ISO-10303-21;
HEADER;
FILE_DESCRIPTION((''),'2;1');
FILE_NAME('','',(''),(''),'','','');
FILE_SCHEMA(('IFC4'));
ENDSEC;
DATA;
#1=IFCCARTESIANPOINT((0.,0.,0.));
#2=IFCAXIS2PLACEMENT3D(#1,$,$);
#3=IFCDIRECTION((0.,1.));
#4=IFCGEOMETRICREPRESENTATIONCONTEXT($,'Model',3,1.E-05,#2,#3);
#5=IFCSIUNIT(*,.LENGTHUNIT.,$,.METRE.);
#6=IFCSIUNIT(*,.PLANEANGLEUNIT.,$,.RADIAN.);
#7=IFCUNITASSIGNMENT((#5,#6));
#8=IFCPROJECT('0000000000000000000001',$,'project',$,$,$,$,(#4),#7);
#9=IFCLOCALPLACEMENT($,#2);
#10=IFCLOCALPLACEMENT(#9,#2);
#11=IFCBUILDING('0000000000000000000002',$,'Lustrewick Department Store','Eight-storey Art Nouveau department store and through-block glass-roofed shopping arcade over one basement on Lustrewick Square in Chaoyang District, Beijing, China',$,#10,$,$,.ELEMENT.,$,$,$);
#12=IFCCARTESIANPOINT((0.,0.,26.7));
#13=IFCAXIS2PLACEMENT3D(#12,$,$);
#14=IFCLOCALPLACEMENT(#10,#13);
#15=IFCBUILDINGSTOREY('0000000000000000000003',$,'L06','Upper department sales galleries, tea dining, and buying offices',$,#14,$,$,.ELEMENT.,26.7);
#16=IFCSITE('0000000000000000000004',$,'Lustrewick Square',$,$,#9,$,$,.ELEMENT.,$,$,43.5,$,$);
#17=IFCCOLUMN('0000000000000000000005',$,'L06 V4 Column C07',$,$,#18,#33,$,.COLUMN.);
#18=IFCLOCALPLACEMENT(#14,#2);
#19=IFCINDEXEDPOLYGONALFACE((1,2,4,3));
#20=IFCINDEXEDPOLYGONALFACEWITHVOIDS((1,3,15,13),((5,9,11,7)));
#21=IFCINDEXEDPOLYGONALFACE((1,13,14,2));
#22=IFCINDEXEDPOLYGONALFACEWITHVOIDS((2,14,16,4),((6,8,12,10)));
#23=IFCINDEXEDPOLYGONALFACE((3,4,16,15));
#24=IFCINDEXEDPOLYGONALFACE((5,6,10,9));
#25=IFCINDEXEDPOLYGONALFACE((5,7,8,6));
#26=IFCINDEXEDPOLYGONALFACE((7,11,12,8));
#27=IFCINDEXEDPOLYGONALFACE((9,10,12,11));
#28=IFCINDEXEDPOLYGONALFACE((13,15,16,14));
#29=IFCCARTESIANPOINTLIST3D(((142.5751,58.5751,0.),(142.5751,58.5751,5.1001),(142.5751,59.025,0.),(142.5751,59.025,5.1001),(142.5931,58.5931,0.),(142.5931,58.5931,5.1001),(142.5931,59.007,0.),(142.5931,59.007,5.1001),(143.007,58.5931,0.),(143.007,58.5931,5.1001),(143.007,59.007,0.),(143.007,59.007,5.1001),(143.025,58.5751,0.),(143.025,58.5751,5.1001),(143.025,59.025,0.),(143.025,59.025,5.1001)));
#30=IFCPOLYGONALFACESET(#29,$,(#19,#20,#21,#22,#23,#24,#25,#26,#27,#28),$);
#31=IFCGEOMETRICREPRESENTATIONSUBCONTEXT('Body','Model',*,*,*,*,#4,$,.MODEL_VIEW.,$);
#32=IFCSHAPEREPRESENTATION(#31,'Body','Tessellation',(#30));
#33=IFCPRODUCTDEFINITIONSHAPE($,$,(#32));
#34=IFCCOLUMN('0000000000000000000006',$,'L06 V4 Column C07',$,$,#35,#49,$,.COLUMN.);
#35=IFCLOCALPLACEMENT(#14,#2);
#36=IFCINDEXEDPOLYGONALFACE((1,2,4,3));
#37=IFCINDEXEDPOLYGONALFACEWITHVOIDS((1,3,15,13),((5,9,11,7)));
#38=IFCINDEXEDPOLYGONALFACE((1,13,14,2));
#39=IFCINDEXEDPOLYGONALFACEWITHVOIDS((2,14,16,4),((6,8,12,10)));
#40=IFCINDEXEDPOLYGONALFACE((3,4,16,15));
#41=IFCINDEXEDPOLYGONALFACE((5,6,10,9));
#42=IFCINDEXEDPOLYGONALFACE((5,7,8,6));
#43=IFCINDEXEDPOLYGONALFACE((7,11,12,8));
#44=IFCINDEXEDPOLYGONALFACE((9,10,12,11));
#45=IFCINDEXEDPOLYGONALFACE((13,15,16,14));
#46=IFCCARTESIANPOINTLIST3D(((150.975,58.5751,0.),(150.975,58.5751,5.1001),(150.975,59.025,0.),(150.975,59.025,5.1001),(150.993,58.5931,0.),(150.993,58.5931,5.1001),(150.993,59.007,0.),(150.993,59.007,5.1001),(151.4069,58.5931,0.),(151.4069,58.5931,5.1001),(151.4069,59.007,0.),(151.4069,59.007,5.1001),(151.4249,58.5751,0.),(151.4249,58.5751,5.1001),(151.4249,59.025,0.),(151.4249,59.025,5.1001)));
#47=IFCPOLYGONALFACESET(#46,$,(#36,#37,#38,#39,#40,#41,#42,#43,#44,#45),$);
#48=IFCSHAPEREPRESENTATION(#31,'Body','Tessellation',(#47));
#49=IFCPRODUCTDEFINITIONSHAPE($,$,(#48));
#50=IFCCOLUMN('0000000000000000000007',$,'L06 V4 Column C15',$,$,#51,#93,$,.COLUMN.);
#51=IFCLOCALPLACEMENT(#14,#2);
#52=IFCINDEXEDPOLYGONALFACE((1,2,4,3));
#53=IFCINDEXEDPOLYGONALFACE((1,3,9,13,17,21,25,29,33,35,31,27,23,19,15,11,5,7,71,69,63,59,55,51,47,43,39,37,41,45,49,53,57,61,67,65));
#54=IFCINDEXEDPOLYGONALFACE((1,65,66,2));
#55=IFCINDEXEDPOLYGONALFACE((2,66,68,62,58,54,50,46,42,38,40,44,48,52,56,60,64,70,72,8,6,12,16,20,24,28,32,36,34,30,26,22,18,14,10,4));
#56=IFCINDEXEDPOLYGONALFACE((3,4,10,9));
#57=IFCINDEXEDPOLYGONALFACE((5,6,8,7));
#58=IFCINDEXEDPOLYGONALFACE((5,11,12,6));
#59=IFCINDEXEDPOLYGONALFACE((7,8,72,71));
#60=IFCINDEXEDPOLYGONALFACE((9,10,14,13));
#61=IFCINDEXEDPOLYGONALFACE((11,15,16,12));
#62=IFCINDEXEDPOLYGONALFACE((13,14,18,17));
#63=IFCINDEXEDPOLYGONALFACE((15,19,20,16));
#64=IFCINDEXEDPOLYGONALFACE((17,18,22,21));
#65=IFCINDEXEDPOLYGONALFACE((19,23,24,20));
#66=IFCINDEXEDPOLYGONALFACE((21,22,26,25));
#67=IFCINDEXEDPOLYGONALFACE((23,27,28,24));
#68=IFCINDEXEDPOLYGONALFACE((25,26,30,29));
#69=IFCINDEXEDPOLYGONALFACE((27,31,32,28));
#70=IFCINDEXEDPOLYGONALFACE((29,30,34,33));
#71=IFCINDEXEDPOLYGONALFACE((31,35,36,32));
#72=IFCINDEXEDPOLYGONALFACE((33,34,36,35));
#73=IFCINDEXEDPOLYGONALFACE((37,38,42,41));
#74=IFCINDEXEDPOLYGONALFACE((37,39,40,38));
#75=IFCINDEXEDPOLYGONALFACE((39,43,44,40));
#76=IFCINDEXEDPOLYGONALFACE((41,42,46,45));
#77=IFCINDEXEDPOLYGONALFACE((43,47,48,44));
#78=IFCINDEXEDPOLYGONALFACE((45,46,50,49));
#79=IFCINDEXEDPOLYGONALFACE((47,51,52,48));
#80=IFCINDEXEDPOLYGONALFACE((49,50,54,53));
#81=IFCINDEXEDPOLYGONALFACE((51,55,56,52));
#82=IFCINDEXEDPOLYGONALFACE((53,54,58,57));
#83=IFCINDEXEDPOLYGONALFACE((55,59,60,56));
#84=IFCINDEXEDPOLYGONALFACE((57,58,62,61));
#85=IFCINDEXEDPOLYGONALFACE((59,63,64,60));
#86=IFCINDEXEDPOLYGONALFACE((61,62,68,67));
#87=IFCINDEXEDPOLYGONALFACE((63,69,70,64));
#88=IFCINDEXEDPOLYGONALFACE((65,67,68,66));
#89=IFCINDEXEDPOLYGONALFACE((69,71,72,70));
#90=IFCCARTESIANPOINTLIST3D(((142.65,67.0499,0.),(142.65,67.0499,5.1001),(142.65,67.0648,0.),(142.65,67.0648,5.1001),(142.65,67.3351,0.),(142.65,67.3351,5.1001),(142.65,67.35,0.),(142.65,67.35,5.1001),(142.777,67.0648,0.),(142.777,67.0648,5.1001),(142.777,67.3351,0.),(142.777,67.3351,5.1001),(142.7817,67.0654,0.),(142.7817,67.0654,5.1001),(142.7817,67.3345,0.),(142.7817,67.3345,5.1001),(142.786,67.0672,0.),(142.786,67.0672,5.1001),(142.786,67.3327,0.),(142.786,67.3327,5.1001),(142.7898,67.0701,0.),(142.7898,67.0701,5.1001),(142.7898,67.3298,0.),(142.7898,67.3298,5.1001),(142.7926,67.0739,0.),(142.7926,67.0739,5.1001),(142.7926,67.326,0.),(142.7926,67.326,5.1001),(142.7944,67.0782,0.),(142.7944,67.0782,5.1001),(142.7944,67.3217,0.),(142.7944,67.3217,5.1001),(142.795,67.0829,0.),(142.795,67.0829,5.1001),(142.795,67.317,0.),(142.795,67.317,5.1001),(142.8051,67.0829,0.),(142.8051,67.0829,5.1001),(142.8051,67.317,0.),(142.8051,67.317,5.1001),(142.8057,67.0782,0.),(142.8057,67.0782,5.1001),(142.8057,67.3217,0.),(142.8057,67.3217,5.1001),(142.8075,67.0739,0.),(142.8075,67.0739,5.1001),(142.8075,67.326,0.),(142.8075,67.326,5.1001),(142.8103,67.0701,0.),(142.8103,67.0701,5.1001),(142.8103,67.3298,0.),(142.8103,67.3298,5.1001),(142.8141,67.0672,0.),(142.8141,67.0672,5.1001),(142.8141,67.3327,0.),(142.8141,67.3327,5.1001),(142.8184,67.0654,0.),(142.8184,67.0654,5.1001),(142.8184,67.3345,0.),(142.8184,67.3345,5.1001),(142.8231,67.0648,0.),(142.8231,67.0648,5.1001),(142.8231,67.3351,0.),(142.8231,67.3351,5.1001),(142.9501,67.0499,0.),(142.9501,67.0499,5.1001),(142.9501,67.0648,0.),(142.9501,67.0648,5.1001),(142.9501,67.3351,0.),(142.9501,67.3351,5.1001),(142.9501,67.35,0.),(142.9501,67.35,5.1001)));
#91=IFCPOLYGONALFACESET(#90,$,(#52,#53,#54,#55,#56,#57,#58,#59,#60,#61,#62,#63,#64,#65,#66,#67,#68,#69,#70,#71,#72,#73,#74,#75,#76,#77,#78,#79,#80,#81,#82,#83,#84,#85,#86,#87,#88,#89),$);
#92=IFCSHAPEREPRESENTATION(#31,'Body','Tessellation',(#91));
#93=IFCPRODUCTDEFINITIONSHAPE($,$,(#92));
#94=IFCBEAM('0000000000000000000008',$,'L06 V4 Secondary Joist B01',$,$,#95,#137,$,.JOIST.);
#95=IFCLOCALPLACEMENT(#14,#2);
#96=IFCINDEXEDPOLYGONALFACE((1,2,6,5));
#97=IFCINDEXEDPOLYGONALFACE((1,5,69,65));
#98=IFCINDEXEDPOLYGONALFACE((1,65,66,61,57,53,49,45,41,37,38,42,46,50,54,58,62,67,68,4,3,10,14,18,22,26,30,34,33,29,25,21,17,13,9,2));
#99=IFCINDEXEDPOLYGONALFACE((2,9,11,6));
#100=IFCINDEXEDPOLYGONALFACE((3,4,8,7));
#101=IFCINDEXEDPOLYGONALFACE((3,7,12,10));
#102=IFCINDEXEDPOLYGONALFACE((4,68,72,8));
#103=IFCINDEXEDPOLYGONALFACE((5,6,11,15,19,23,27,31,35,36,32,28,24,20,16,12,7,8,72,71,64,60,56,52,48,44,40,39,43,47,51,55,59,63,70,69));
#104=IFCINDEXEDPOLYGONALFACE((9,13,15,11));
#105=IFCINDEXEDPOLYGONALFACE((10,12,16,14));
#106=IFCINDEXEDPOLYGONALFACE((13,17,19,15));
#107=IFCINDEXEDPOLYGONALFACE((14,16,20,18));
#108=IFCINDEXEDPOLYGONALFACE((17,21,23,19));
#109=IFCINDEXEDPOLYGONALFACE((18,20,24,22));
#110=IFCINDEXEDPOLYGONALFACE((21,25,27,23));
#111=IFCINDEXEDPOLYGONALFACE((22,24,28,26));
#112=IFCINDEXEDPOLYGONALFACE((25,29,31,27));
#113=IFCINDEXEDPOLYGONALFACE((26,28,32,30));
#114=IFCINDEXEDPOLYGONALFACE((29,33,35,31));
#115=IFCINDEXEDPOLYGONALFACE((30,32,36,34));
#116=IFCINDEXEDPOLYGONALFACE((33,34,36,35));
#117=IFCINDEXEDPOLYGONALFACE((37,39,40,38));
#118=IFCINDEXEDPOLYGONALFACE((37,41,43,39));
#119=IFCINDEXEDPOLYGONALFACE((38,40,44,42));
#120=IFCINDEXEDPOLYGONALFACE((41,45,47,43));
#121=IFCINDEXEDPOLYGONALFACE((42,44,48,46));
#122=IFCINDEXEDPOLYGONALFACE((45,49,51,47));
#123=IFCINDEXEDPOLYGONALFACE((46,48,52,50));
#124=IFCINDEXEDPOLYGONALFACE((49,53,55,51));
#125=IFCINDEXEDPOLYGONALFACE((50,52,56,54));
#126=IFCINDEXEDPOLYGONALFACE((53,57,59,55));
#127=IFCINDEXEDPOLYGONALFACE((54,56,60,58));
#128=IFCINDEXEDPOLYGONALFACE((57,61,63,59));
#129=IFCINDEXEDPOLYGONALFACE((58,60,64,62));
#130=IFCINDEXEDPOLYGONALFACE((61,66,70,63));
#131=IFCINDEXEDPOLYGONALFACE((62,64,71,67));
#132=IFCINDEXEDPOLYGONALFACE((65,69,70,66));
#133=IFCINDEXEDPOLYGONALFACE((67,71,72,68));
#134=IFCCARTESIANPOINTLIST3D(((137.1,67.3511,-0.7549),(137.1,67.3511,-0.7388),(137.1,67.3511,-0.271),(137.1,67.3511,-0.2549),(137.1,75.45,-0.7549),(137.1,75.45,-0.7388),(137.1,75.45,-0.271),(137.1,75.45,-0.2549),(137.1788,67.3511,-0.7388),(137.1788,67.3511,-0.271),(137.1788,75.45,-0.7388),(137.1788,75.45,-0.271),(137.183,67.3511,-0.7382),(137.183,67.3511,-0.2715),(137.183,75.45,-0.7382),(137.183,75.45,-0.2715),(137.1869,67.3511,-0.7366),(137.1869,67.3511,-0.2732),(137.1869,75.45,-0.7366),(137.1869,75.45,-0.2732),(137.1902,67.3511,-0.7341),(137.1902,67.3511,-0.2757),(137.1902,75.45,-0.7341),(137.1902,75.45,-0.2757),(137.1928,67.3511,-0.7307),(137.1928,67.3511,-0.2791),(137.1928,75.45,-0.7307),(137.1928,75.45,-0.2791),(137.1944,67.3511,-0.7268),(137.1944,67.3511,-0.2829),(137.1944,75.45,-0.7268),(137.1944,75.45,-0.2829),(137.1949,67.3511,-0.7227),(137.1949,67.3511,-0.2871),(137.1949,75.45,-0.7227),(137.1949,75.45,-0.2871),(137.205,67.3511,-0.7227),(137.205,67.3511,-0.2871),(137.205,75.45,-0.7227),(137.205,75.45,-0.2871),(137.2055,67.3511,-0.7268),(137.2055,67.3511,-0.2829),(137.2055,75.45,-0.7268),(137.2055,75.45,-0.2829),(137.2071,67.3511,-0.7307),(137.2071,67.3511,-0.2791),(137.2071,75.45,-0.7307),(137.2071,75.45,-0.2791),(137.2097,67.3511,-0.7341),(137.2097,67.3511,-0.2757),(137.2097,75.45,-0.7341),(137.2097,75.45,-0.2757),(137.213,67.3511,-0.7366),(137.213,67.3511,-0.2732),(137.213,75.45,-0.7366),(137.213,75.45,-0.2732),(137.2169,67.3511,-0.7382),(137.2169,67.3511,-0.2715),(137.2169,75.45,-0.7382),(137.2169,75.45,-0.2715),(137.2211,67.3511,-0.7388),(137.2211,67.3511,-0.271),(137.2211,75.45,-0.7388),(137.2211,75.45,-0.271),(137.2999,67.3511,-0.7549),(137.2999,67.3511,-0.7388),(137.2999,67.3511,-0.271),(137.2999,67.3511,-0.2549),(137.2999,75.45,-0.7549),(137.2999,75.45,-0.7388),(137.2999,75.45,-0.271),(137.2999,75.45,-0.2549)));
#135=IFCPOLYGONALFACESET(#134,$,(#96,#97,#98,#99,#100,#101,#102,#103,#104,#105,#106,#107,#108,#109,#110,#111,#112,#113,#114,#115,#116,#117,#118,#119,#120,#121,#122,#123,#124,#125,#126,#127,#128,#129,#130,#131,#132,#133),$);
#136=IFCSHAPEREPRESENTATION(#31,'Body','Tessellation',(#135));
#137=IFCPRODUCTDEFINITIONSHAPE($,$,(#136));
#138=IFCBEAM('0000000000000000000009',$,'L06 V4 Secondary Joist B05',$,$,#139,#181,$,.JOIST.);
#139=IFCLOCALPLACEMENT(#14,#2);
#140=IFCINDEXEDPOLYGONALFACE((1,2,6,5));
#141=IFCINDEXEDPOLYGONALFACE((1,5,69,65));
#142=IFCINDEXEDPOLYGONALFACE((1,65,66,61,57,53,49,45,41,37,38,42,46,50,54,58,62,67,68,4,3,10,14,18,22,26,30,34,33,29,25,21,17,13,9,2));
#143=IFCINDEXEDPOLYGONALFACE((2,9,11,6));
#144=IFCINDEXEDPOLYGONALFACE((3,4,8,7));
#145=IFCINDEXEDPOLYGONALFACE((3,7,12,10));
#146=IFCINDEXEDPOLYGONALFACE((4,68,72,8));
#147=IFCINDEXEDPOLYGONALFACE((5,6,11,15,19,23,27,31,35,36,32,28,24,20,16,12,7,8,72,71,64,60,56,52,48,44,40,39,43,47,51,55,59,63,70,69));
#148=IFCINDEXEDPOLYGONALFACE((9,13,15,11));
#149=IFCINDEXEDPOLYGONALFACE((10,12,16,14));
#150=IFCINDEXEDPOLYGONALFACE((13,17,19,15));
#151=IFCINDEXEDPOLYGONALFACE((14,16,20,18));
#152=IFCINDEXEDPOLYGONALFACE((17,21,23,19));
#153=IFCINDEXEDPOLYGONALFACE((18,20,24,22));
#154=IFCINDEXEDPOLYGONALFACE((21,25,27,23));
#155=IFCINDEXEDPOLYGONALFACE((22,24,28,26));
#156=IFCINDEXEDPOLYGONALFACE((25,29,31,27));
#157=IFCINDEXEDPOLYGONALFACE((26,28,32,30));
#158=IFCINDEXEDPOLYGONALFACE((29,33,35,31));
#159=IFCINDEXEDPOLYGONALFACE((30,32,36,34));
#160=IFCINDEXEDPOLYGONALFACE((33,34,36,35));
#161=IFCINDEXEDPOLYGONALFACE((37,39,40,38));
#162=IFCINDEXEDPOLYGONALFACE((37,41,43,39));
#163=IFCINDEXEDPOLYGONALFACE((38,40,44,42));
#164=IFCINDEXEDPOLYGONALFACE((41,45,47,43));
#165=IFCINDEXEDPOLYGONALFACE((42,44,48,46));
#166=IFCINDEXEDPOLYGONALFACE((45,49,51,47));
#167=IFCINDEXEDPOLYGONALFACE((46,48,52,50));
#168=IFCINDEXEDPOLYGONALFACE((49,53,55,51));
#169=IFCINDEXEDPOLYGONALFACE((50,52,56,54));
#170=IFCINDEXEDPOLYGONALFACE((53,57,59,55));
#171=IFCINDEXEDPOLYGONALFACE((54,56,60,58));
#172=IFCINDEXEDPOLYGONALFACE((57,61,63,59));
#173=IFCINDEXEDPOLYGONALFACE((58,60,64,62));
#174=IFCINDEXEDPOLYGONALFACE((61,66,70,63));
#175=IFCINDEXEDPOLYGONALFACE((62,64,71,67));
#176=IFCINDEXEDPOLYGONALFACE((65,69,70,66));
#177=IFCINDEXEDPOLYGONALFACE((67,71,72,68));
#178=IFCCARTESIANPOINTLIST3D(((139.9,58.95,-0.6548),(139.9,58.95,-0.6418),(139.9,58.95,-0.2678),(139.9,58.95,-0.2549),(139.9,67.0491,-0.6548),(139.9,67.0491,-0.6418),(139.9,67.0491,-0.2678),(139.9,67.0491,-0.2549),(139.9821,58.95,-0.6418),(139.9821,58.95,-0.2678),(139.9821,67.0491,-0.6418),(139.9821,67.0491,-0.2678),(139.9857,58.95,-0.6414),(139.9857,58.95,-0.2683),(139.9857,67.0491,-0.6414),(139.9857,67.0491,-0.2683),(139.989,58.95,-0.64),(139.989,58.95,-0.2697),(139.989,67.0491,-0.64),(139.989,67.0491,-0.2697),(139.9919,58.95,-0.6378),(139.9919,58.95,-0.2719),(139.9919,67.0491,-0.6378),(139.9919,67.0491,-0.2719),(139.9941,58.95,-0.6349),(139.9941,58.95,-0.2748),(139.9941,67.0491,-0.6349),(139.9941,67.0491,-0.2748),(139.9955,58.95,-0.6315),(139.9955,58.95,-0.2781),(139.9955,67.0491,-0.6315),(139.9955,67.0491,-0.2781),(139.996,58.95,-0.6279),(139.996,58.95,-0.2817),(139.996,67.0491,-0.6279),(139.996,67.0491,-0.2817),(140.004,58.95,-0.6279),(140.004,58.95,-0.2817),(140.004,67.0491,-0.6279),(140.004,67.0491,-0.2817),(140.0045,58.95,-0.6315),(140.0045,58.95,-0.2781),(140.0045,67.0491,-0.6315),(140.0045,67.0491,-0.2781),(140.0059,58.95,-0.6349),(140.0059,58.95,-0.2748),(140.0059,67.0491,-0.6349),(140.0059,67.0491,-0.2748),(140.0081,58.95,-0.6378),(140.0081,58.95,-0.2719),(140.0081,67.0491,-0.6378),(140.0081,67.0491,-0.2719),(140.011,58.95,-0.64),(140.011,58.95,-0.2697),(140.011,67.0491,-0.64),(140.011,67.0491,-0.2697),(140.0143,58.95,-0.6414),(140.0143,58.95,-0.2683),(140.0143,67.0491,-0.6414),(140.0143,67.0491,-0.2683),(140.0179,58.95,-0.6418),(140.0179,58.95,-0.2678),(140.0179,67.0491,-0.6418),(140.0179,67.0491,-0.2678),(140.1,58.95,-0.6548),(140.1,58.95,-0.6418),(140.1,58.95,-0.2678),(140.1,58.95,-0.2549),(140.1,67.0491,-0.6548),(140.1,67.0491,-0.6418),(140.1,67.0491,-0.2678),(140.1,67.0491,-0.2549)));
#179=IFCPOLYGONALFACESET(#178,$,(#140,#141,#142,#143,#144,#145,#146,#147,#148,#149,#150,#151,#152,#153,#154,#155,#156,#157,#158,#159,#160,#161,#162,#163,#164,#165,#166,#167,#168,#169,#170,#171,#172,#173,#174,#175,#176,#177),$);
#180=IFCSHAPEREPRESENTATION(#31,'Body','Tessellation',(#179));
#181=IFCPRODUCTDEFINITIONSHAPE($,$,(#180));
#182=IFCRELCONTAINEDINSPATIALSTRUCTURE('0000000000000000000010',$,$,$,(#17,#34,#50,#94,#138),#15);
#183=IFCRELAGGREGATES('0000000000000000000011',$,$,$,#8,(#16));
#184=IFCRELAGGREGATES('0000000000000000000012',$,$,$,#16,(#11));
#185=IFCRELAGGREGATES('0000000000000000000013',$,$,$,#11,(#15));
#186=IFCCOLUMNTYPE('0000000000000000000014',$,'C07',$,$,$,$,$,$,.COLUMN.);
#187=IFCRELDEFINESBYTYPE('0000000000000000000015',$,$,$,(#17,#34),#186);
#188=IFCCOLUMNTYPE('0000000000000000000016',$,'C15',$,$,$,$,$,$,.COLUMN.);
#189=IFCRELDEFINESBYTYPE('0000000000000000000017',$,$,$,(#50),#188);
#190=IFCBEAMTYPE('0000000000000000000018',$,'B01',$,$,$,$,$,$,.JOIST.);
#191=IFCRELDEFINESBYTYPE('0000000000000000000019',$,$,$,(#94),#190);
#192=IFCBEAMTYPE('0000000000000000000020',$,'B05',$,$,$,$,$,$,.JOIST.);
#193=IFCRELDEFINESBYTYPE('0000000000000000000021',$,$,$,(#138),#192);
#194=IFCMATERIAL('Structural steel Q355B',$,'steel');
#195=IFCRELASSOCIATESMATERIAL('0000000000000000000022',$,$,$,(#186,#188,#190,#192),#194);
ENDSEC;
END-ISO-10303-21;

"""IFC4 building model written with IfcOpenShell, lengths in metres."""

from ifc_helpers import new_model, si_unit, direction, frame, origin, origin_2d, place, context, subcontext, project, spatial, hollow_rectangle, i_section, extrude, material, material_profile, profile_set, type_object, element, save


model = new_model("IFC4")

# Units and contexts
model_context = context("Model", 3, precision=1e-05, world=origin(), true_north=direction((0.0, 1.0)))
body_context = subcontext(model_context, "Body", "Model", "MODEL_VIEW")
ifc_project = project(units=[si_unit("LENGTHUNIT", "METRE"), si_unit("PLANEANGLEUNIT", "RADIAN")], contexts=[model_context])

# Site, building, storey
site_placement = place(None, origin())
site = spatial("IfcSite", under=ifc_project, at=site_placement, Name="Lustrewick Square", CompositionType="ELEMENT", RefElevation=43.5)
building_placement = place(site_placement, origin())
building = spatial("IfcBuilding", under=site, at=building_placement, Name="Lustrewick Department Store", Description="Eight-storey Art Nouveau department store and through-block glass-roofed shopping arcade over one basement on Lustrewick Square in Chaoyang District, Beijing, China", CompositionType="ELEMENT")
storey_placement = place(building_placement, frame((0.0, 0.0, 26.7)))
storey = spatial("IfcBuildingStorey", under=building, at=storey_placement, Name="L06", Description="Upper department sales galleries, tea dining, and buying offices", CompositionType="ELEMENT", Elevation=26.7)

# Columns
ifc_material_1 = material(Name="Structural steel Q355B", Category="steel")
ifc_material_profile_1 = material_profile(ifc_material_1, hollow_rectangle(XDim=0.45, YDim=0.45, WallThickness=0.0181, at=origin_2d()), Name="BOX 450x450x18")
ifc_profile_set_1 = profile_set([ifc_material_profile_1], Name="Structural steel Q355B")
column_type_1 = type_object("IfcColumnType", Name="C07", PredefinedType="COLUMN", material=ifc_profile_set_1)
for number, where, z_axis, x_axis, name in (
    (1, (142.8, 58.8, 0.0), (0.0, 0.0, 1.0), (1.0, 0.0, 0.0), "L06 V4 Column C07"),
    (2, (151.2, 58.8, 0.0), (0.0, 0.0, 1.0), (1.0, 0.0, 0.0), "L06 V4 Column C07"),
):
    element("IfcColumn", number, at=place(storey_placement, frame(where, z_axis=z_axis, x_axis=x_axis)), inside=storey, type_object=column_type_1, Name=name, PredefinedType="COLUMN", context=body_context, shape_type="SweptSolid", body=[
        extrude(hollow_rectangle(XDim=0.45, YDim=0.45, WallThickness=0.0181, at=origin_2d()), origin(), (0.0, 0.0, 1.0), 5.1001),
    ])
ifc_material_profile_2 = material_profile(ifc_material_1, i_section(OverallWidth=0.3, OverallDepth=0.3, WebThickness=0.01, FlangeThickness=0.0149, FilletRadius=0.0181, at=origin_2d()), Name="HW 300x300x10x15")
ifc_profile_set_2 = profile_set([ifc_material_profile_2], Name="Structural steel Q355B")
column_type_2 = type_object("IfcColumnType", Name="C15", PredefinedType="COLUMN", material=ifc_profile_set_2)
column_placement = place(storey_placement, frame((142.8, 67.2, 0.0), z_axis=(0.0, 0.0, 1.0), x_axis=(1.0, 0.0, 0.0)))
element("IfcColumn", 3, at=column_placement, inside=storey, type_object=column_type_2, Name="L06 V4 Column C15", PredefinedType="COLUMN", context=body_context, shape_type="SweptSolid", body=[
    extrude(i_section(OverallWidth=0.3, OverallDepth=0.3, WebThickness=0.01, FlangeThickness=0.0149, FilletRadius=0.0181, at=origin_2d()), origin(), (0.0, 0.0, 1.0), 5.1001),
])

# Beams
ifc_material_profile_3 = material_profile(ifc_material_1, i_section(OverallWidth=0.2, OverallDepth=0.5, WebThickness=0.01, FlangeThickness=0.0161, FilletRadius=0.0161, at=origin_2d()), Name="HN 500x200x10x16")
ifc_profile_set_3 = profile_set([ifc_material_profile_3], Name="Structural steel Q355B")
beam_type_1 = type_object("IfcBeamType", Name="B01", PredefinedType="JOIST", material=ifc_profile_set_3)
beam_1_placement = place(storey_placement, frame((137.2, 67.3511, -0.5049), z_axis=(0.0, 1.0, 0.0), x_axis=(-1.0, 0.0, 0.0)))
element("IfcBeam", 4, at=beam_1_placement, inside=storey, type_object=beam_type_1, Name="L06 V4 Secondary Joist B01", PredefinedType="JOIST", context=body_context, shape_type="SweptSolid", body=[
    extrude(i_section(OverallWidth=0.2, OverallDepth=0.5, WebThickness=0.01, FlangeThickness=0.0161, FilletRadius=0.0161, at=origin_2d()), origin(), (0.0, 0.0, 1.0), 8.0989),
])
ifc_material_profile_4 = material_profile(ifc_material_1, i_section(OverallWidth=0.2, OverallDepth=0.3999, WebThickness=0.0081, FlangeThickness=0.0129, FilletRadius=0.0139, at=origin_2d()), Name="HN 400x200x8x13")
ifc_profile_set_4 = profile_set([ifc_material_profile_4], Name="Structural steel Q355B")
beam_type_2 = type_object("IfcBeamType", Name="B05", PredefinedType="JOIST", material=ifc_profile_set_4)
beam_2_placement = place(storey_placement, frame((140.0, 58.95, -0.4548), z_axis=(0.0, 1.0, 0.0), x_axis=(-1.0, 0.0, 0.0)))
element("IfcBeam", 5, at=beam_2_placement, inside=storey, type_object=beam_type_2, Name="L06 V4 Secondary Joist B05", PredefinedType="JOIST", context=body_context, shape_type="SweptSolid", body=[
    extrude(i_section(OverallWidth=0.2, OverallDepth=0.3999, WebThickness=0.0081, FlangeThickness=0.0129, FilletRadius=0.0139, at=origin_2d()), origin(), (0.0, 0.0, 1.0), 8.0991),
])

save(model, "model.ifc")
